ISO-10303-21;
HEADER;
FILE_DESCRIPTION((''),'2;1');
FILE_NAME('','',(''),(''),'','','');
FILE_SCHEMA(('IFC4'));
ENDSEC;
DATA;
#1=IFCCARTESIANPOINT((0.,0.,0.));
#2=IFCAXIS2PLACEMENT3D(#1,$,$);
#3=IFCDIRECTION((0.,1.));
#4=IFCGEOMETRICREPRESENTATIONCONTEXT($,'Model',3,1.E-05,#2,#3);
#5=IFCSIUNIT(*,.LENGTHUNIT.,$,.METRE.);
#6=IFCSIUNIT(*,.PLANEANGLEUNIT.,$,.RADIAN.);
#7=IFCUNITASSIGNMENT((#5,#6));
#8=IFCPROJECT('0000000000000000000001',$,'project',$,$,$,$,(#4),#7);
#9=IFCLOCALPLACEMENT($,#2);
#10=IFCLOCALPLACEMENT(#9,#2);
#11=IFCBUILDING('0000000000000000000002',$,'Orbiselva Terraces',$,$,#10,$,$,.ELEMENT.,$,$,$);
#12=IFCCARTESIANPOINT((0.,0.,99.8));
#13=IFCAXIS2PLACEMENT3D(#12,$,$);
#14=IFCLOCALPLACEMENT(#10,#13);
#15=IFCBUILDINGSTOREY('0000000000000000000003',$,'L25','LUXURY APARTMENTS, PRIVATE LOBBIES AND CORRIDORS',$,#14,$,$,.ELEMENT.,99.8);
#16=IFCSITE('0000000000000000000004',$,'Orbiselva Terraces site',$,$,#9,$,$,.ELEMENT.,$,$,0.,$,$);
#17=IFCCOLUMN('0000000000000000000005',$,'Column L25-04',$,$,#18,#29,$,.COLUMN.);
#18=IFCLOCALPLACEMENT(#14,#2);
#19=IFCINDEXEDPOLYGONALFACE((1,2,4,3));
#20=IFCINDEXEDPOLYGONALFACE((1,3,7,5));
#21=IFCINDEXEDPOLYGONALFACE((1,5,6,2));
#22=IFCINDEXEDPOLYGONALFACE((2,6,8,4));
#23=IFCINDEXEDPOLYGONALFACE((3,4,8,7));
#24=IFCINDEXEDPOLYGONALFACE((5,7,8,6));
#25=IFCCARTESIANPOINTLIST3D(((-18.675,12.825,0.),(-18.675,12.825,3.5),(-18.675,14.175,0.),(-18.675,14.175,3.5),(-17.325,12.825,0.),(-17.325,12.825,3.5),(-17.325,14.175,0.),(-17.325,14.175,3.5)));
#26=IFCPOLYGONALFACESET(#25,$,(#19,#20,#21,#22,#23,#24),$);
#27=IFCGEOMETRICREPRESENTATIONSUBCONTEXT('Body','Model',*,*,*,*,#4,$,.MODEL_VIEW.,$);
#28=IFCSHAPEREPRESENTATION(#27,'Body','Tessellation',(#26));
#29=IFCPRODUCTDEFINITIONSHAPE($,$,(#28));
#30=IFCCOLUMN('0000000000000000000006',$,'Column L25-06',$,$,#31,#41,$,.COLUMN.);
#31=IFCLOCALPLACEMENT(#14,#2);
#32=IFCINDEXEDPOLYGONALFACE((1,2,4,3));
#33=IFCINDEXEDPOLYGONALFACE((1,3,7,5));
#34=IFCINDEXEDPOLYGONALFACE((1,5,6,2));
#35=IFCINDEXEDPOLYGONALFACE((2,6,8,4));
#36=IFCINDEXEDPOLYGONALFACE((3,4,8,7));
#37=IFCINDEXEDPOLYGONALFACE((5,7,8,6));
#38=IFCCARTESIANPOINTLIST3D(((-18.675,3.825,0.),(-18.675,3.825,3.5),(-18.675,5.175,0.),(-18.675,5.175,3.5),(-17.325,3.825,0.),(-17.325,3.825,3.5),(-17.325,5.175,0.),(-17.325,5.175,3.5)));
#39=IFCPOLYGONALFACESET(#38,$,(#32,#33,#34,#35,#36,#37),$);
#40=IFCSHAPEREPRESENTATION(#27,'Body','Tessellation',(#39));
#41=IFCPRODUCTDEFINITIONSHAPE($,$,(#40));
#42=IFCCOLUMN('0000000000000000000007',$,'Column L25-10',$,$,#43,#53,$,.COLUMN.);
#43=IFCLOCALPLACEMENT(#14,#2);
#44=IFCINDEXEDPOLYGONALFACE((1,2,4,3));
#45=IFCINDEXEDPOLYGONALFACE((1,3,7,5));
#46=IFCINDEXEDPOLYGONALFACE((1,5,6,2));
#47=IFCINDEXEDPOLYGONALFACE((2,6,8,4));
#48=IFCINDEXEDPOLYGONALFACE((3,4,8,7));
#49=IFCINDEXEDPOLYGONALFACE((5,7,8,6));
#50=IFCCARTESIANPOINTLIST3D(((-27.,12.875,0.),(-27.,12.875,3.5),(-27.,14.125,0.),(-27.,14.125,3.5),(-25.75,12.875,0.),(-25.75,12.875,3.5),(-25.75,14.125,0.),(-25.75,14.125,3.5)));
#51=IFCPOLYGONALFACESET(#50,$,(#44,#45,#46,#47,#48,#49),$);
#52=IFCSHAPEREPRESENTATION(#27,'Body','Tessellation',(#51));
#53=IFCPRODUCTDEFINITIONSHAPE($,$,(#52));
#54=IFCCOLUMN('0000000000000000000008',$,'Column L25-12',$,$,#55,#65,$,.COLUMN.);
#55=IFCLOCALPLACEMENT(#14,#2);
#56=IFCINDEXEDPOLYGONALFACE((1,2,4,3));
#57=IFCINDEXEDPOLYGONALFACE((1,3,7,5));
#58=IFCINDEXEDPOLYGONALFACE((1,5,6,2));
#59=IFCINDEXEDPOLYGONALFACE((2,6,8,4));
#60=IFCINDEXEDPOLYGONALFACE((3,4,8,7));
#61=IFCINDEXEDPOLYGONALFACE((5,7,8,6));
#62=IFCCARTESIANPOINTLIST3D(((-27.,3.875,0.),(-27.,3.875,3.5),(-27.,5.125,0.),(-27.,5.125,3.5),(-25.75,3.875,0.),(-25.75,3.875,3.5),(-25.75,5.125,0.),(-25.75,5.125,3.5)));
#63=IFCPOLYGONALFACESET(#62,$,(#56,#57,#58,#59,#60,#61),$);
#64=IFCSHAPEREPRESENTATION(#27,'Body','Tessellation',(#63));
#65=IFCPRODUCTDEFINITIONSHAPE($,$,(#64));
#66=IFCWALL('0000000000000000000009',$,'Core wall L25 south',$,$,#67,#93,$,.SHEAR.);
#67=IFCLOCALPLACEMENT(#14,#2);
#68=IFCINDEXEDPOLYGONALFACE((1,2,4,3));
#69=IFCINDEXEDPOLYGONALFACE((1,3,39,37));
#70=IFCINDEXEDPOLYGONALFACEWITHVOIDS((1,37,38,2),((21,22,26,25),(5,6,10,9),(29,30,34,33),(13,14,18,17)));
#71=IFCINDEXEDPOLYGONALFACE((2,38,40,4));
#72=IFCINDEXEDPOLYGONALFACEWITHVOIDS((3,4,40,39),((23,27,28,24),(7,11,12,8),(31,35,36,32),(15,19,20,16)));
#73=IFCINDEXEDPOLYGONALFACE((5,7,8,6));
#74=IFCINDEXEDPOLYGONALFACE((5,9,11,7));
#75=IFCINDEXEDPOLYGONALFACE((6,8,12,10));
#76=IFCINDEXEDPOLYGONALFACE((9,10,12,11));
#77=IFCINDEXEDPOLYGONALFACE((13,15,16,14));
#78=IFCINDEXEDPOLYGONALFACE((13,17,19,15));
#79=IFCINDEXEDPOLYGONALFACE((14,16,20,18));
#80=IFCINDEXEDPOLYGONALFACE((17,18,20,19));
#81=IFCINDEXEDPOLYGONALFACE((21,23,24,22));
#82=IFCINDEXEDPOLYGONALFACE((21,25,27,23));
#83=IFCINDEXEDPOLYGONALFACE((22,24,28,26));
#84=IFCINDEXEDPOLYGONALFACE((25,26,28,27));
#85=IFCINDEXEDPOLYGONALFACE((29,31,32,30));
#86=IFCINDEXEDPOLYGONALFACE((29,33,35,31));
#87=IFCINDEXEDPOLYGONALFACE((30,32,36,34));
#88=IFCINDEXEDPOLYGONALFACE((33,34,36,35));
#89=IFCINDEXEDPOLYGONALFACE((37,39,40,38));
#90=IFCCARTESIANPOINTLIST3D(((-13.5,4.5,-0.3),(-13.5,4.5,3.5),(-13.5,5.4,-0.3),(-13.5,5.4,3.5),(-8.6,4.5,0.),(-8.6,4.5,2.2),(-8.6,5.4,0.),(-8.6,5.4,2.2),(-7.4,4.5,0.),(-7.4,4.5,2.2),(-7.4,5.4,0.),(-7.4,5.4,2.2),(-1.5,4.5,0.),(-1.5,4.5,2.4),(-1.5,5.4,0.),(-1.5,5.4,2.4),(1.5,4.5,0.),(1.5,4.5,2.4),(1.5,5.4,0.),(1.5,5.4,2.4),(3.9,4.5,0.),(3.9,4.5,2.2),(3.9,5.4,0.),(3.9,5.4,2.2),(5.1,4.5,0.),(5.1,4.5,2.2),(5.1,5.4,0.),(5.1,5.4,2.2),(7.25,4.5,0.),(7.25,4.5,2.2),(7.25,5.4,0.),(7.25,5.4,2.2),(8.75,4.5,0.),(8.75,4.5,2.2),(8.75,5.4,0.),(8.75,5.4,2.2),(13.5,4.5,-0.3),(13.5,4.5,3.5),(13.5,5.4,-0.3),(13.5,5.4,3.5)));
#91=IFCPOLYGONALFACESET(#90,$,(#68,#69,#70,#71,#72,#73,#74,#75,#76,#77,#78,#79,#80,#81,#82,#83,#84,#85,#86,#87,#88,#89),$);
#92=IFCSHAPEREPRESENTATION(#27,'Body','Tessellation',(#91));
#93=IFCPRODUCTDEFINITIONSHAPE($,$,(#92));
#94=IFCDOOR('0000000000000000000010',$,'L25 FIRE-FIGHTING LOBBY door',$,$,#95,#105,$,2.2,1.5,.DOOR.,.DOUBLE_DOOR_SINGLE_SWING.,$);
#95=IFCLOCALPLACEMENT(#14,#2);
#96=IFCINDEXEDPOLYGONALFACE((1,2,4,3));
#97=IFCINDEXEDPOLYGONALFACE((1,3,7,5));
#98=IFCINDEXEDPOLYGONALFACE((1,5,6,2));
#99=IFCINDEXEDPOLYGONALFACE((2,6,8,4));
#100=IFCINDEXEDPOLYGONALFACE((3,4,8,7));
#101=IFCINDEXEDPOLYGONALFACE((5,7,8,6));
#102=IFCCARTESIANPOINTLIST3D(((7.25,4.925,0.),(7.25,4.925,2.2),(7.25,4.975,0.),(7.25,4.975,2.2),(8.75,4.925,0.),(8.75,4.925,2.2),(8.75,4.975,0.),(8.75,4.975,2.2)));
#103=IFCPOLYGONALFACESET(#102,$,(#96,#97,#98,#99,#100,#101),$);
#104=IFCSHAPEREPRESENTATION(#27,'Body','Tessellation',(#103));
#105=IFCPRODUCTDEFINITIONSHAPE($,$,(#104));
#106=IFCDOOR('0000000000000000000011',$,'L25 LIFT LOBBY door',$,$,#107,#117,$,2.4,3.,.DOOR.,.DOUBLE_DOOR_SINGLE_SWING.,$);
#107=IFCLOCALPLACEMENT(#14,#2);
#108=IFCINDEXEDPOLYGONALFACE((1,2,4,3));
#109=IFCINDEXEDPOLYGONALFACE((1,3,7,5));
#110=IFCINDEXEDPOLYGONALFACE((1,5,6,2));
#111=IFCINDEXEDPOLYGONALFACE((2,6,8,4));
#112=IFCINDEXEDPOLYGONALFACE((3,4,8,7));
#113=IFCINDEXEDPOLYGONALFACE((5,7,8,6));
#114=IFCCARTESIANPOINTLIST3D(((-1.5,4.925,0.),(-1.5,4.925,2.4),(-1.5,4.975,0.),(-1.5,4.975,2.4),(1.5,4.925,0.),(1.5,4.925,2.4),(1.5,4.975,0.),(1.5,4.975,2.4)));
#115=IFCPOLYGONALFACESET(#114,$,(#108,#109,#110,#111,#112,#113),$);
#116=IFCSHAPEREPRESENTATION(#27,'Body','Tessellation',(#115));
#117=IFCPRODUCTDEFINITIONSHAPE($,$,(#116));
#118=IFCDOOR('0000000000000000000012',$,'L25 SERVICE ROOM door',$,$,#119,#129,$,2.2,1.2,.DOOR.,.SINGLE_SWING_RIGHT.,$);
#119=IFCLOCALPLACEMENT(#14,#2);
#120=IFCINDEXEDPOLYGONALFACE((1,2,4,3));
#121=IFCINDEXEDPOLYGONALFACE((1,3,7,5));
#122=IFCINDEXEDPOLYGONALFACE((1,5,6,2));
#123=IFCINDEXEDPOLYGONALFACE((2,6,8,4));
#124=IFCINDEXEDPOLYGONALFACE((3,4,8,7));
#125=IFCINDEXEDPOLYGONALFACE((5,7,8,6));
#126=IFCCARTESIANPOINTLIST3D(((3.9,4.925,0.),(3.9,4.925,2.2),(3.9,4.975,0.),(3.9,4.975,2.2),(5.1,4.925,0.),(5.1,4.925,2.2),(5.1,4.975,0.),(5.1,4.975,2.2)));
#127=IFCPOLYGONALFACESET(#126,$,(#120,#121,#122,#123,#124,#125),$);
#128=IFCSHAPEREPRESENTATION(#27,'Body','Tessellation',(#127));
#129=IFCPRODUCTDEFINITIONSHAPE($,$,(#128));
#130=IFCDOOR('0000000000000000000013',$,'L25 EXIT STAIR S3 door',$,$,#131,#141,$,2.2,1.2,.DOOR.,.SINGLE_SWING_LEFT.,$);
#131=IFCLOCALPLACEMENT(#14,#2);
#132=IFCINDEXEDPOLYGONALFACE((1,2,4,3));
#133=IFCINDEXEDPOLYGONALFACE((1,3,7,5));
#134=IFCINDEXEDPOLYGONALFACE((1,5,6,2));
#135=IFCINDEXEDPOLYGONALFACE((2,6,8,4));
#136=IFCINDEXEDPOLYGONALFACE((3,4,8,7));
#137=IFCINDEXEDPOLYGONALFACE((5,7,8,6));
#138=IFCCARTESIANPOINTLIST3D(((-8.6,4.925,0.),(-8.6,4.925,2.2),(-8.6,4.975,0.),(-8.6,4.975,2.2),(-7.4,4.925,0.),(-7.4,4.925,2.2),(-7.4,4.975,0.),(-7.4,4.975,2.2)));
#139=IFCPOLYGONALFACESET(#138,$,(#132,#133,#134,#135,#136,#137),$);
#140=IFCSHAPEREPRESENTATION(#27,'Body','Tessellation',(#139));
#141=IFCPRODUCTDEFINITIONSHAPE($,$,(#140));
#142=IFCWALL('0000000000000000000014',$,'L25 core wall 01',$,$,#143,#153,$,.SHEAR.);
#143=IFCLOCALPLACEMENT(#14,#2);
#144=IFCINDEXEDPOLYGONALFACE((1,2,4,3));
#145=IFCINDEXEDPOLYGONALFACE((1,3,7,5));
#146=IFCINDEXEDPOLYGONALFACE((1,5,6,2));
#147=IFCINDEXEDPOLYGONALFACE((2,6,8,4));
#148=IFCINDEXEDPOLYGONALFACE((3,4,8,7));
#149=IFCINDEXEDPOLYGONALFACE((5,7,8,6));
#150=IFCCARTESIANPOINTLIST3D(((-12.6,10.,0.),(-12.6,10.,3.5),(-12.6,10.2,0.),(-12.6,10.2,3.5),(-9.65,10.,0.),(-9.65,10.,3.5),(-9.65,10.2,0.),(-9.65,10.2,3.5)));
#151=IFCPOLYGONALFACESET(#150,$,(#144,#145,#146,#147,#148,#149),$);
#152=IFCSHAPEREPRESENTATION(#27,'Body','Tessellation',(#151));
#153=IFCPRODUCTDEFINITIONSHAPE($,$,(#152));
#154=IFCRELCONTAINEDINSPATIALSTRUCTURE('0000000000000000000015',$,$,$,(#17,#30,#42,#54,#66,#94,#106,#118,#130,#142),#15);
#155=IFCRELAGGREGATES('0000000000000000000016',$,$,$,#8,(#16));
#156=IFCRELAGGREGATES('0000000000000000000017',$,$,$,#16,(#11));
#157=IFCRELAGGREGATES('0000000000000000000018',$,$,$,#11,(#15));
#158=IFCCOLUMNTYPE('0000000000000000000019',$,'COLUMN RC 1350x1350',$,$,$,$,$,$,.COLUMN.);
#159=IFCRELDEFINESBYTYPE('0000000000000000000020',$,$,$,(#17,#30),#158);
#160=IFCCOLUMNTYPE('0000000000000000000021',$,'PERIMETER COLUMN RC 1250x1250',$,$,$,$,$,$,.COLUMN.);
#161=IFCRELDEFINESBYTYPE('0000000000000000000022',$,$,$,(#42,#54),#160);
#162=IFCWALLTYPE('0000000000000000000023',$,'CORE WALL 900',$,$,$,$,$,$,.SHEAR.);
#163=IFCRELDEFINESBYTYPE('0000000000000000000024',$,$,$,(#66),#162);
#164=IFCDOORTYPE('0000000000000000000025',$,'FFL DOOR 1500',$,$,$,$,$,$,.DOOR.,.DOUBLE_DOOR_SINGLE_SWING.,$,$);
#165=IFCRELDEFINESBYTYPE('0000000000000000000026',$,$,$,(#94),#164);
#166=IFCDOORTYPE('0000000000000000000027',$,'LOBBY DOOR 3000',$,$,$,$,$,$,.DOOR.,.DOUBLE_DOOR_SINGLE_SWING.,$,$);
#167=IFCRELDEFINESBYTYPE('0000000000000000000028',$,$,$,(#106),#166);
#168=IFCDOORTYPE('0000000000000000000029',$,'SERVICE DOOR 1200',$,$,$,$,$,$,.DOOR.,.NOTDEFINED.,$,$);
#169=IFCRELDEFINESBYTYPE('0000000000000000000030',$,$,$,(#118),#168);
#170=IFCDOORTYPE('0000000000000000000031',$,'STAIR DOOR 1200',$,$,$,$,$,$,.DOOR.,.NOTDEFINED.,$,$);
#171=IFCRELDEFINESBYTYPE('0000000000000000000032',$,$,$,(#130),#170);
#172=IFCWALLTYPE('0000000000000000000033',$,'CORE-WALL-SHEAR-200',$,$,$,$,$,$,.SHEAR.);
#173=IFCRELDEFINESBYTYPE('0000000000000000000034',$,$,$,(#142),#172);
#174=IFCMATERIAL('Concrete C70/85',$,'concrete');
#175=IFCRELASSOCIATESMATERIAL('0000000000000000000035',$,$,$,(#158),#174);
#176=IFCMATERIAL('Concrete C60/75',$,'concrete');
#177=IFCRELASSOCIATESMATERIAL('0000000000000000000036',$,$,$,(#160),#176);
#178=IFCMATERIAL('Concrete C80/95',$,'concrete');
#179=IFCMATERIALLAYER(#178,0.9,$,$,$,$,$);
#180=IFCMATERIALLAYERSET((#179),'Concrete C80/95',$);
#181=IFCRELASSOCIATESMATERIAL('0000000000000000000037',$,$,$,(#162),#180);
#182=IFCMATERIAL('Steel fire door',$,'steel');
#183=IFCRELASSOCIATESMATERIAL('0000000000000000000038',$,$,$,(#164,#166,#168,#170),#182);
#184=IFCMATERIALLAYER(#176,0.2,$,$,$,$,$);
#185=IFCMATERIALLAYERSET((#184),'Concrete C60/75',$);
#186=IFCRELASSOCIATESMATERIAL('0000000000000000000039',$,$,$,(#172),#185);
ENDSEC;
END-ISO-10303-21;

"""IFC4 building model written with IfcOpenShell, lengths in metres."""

from ifc_helpers import new_model, si_unit, direction, frame, frame_2d, origin, origin_2d, place, context, subcontext, project, spatial, rectangle, extrude, material, layer, layer_set, material_profile, profile_set, type_object, element, fill, save


model = new_model("IFC4")

# Units and contexts
model_context = context("Model", 3, precision=1e-05, world=origin(), true_north=direction((0.0, 1.0)))
body_context = subcontext(model_context, "Body", "Model", "MODEL_VIEW")
ifc_project = project(units=[si_unit("LENGTHUNIT", "METRE"), si_unit("PLANEANGLEUNIT", "RADIAN")], contexts=[model_context])

# Site, building, storey
site_placement = place(None, origin())
site = spatial("IfcSite", under=ifc_project, at=site_placement, Name="Orbiselva Terraces site", CompositionType="ELEMENT", RefElevation=0.0)
building_placement = place(site_placement, origin())
building = spatial("IfcBuilding", under=site, at=building_placement, Name="Orbiselva Terraces", CompositionType="ELEMENT")
storey_placement = place(building_placement, frame((0.0, 0.0, 99.8)))
storey = spatial("IfcBuildingStorey", under=building, at=storey_placement, Name="L25", Description="LUXURY APARTMENTS, PRIVATE LOBBIES AND CORRIDORS", CompositionType="ELEMENT", Elevation=99.8)

# Columns
ifc_material_1 = material(Name="Concrete C70/85", Category="concrete")
ifc_material_profile_1 = material_profile(ifc_material_1, rectangle(XDim=1.35, YDim=1.35, at=origin_2d()), Name="RC 1350x1350")
ifc_profile_set_1 = profile_set([ifc_material_profile_1], Name="Concrete C70/85")
column_type_1 = type_object("IfcColumnType", Name="COLUMN RC 1350x1350", PredefinedType="COLUMN", material=ifc_profile_set_1)
for number, where, z_axis, x_axis, name in (
    (1, (-18.0, 13.5, 0.0), (0.0, 0.0, 1.0), (1.0, 0.0, 0.0), "Column L25-04"),
    (2, (-18.0, 4.5, 0.0), (0.0, 0.0, 1.0), (1.0, 0.0, 0.0), "Column L25-06"),
):
    element("IfcColumn", number, at=place(storey_placement, frame(where, z_axis=z_axis, x_axis=x_axis)), inside=storey, type_object=column_type_1, Name=name, PredefinedType="COLUMN", context=body_context, shape_type="SweptSolid", body=[
        extrude(rectangle(XDim=1.35, YDim=1.35, at=origin_2d()), origin(), (0.0, 0.0, 1.0), 3.5),
    ])
ifc_material_2 = material(Name="Concrete C60/75", Category="concrete")
ifc_material_profile_2 = material_profile(ifc_material_2, rectangle(XDim=1.25, YDim=1.25, at=origin_2d()), Name="RC 1250x1250")
ifc_profile_set_2 = profile_set([ifc_material_profile_2], Name="Concrete C60/75")
column_type_2 = type_object("IfcColumnType", Name="PERIMETER COLUMN RC 1250x1250", PredefinedType="COLUMN", material=ifc_profile_set_2)
for number, where, z_axis, x_axis, name in (
    (3, (-26.375, 13.5, 0.0), (0.0, 0.0, 1.0), (1.0, 0.0, 0.0), "Column L25-10"),
    (4, (-26.375, 4.5, 0.0), (0.0, 0.0, 1.0), (1.0, 0.0, 0.0), "Column L25-12"),
):
    element("IfcColumn", number, at=place(storey_placement, frame(where, z_axis=z_axis, x_axis=x_axis)), inside=storey, type_object=column_type_2, Name=name, PredefinedType="COLUMN", context=body_context, shape_type="SweptSolid", body=[
        extrude(rectangle(XDim=1.25, YDim=1.25, at=origin_2d()), origin(), (0.0, 0.0, 1.0), 3.5),
    ])

# Wall, openings, doors
ifc_material_3 = material(Name="Concrete C80/95", Category="concrete")
ifc_layer_1 = layer(ifc_material_3, 0.9)
ifc_layer_set_1 = layer_set([ifc_layer_1], Name="Concrete C80/95")
wall_type_1 = type_object("IfcWallType", Name="CORE WALL 900", PredefinedType="SHEAR", material=ifc_layer_set_1)
wall_1_placement = place(storey_placement, frame((-13.5, 4.95, -0.3), z_axis=(0.0, 0.0, 1.0), x_axis=(1.0, 0.0, 0.0)))
wall_1 = element("IfcWall", 5, at=wall_1_placement, inside=storey, type_object=wall_type_1, Name="Core wall L25 south", PredefinedType="SHEAR", context=body_context, shape_type="SweptSolid", body=[
    extrude(rectangle(XDim=27.0, YDim=0.9, at=frame_2d((13.5, 0.0))), origin(), (0.0, 0.0, 1.0), 3.8),
])
opening_1_placement = place(wall_1_placement, frame((12.0, 0.0, 0.3)))
opening_1 = element("IfcOpeningElement", 6, at=opening_1_placement, cuts=wall_1, PredefinedType="OPENING", context=body_context, shape_type="SweptSolid", body=[
    extrude(rectangle(XDim=3.0, YDim=2.4, at=frame_2d((1.5, 1.2))), frame((0.0, 0.46, 0.0), z_axis=(0.0, -1.0, 0.0), x_axis=(1.0, 0.0, 0.0)), (0.0, 0.0, 1.0), 0.92),
])
opening_2_placement = place(wall_1_placement, frame((4.9, 0.0, 0.3)))
opening_2 = element("IfcOpeningElement", 7, at=opening_2_placement, cuts=wall_1, PredefinedType="OPENING", context=body_context, shape_type="SweptSolid", body=[
    extrude(rectangle(XDim=1.2, YDim=2.2, at=frame_2d((0.6, 1.1))), frame((0.0, 0.46, 0.0), z_axis=(0.0, -1.0, 0.0), x_axis=(1.0, 0.0, 0.0)), (0.0, 0.0, 1.0), 0.92),
])
opening_3_placement = place(wall_1_placement, frame((20.75, 0.0, 0.3)))
opening_3 = element("IfcOpeningElement", 8, at=opening_3_placement, cuts=wall_1, PredefinedType="OPENING", context=body_context, shape_type="SweptSolid", body=[
    extrude(rectangle(XDim=1.5, YDim=2.2, at=frame_2d((0.75, 1.1))), frame((0.0, 0.46, 0.0), z_axis=(0.0, -1.0, 0.0), x_axis=(1.0, 0.0, 0.0)), (0.0, 0.0, 1.0), 0.92),
])
opening_4_placement = place(wall_1_placement, frame((17.4, 0.0, 0.3)))
opening_4 = element("IfcOpeningElement", 9, at=opening_4_placement, cuts=wall_1, PredefinedType="OPENING", context=body_context, shape_type="SweptSolid", body=[
    extrude(rectangle(XDim=1.2, YDim=2.2, at=frame_2d((0.6, 1.1))), frame((0.0, 0.46, 0.0), z_axis=(0.0, -1.0, 0.0), x_axis=(1.0, 0.0, 0.0)), (0.0, 0.0, 1.0), 0.92),
])
ifc_material_4 = material(Name="Steel fire door", Category="steel")
door_type_1 = type_object("IfcDoorType", Name="FFL DOOR 1500", OperationType="DOUBLE_DOOR_SINGLE_SWING", PredefinedType="DOOR", material=ifc_material_4)
door_1_placement = place(opening_3_placement, frame((1.5, 0.0, 0.0), z_axis=(0.0, 0.0, 1.0), x_axis=(-1.0, 0.0, 0.0)))
door_1 = element("IfcDoor", 10, at=door_1_placement, inside=storey, type_object=door_type_1, Name="L25 FIRE-FIGHTING LOBBY door", OperationType="DOUBLE_DOOR_SINGLE_SWING", OverallHeight=2.2, OverallWidth=1.5, PredefinedType="DOOR", context=body_context, shape_type="SweptSolid", body=[
    extrude(rectangle(XDim=1.5, YDim=2.2, at=frame_2d((0.75, 1.1))), frame((0.0, 0.025, 0.0), z_axis=(0.0, -1.0, 0.0), x_axis=(1.0, 0.0, 0.0)), (0.0, 0.0, 1.0), 0.05),
])
fill(opening_3, door_1)
door_type_2 = type_object("IfcDoorType", Name="LOBBY DOOR 3000", OperationType="DOUBLE_DOOR_SINGLE_SWING", PredefinedType="DOOR", material=ifc_material_4)
door_2_placement = place(opening_1_placement, frame((3.0, 0.0, 0.0), z_axis=(0.0, 0.0, 1.0), x_axis=(-1.0, 0.0, 0.0)))
door_2 = element("IfcDoor", 11, at=door_2_placement, inside=storey, type_object=door_type_2, Name="L25 LIFT LOBBY door", OperationType="DOUBLE_DOOR_SINGLE_SWING", OverallHeight=2.4, OverallWidth=3.0, PredefinedType="DOOR", context=body_context, shape_type="SweptSolid", body=[
    extrude(rectangle(XDim=3.0, YDim=2.4, at=frame_2d((1.5, 1.2))), frame((0.0, 0.025, 0.0), z_axis=(0.0, -1.0, 0.0), x_axis=(1.0, 0.0, 0.0)), (0.0, 0.0, 1.0), 0.05),
])
fill(opening_1, door_2)
door_type_3 = type_object("IfcDoorType", Name="SERVICE DOOR 1200", OperationType="NOTDEFINED", PredefinedType="DOOR", material=ifc_material_4)
door_3_placement = place(opening_4_placement, frame((1.2, 0.0, 0.0), z_axis=(0.0, 0.0, 1.0), x_axis=(-1.0, 0.0, 0.0)))
door_3 = element("IfcDoor", 12, at=door_3_placement, inside=storey, type_object=door_type_3, Name="L25 SERVICE ROOM door", OperationType="SINGLE_SWING_RIGHT", OverallHeight=2.2, OverallWidth=1.2, PredefinedType="DOOR", context=body_context, shape_type="SweptSolid", body=[
    extrude(rectangle(XDim=1.2, YDim=2.2, at=frame_2d((0.6, 1.1))), frame((0.0, 0.025, 0.0), z_axis=(0.0, -1.0, 0.0), x_axis=(1.0, 0.0, 0.0)), (0.0, 0.0, 1.0), 0.05),
])
fill(opening_4, door_3)
door_type_4 = type_object("IfcDoorType", Name="STAIR DOOR 1200", OperationType="NOTDEFINED", PredefinedType="DOOR", material=ifc_material_4)
door_4_placement = place(opening_2_placement, frame((1.2, 0.0, 0.0), z_axis=(0.0, 0.0, 1.0), x_axis=(-1.0, 0.0, 0.0)))
door_4 = element("IfcDoor", 13, at=door_4_placement, inside=storey, type_object=door_type_4, Name="L25 EXIT STAIR S3 door", OperationType="SINGLE_SWING_LEFT", OverallHeight=2.2, OverallWidth=1.2, PredefinedType="DOOR", context=body_context, shape_type="SweptSolid", body=[
    extrude(rectangle(XDim=1.2, YDim=2.2, at=frame_2d((0.6, 1.1))), frame((0.0, 0.025, 0.0), z_axis=(0.0, -1.0, 0.0), x_axis=(1.0, 0.0, 0.0)), (0.0, 0.0, 1.0), 0.05),
])
fill(opening_2, door_4)

# Wall
ifc_layer_2 = layer(ifc_material_2, 0.2)
ifc_layer_set_2 = layer_set([ifc_layer_2], Name="Concrete C60/75")
wall_type_2 = type_object("IfcWallType", Name="CORE-WALL-SHEAR-200", PredefinedType="SHEAR", material=ifc_layer_set_2)
wall_2_placement = place(storey_placement, frame((-12.6, 10.1, 0.0), z_axis=(0.0, 0.0, 1.0), x_axis=(1.0, 0.0, 0.0)))
element("IfcWall", 14, at=wall_2_placement, inside=storey, type_object=wall_type_2, Name="L25 core wall 01", PredefinedType="SHEAR", context=body_context, shape_type="SweptSolid", body=[
    extrude(rectangle(XDim=2.95, YDim=0.2, at=frame_2d((1.475, 0.0))), origin(), (0.0, 0.0, 1.0), 3.5),
])

save(model, "model.ifc")
